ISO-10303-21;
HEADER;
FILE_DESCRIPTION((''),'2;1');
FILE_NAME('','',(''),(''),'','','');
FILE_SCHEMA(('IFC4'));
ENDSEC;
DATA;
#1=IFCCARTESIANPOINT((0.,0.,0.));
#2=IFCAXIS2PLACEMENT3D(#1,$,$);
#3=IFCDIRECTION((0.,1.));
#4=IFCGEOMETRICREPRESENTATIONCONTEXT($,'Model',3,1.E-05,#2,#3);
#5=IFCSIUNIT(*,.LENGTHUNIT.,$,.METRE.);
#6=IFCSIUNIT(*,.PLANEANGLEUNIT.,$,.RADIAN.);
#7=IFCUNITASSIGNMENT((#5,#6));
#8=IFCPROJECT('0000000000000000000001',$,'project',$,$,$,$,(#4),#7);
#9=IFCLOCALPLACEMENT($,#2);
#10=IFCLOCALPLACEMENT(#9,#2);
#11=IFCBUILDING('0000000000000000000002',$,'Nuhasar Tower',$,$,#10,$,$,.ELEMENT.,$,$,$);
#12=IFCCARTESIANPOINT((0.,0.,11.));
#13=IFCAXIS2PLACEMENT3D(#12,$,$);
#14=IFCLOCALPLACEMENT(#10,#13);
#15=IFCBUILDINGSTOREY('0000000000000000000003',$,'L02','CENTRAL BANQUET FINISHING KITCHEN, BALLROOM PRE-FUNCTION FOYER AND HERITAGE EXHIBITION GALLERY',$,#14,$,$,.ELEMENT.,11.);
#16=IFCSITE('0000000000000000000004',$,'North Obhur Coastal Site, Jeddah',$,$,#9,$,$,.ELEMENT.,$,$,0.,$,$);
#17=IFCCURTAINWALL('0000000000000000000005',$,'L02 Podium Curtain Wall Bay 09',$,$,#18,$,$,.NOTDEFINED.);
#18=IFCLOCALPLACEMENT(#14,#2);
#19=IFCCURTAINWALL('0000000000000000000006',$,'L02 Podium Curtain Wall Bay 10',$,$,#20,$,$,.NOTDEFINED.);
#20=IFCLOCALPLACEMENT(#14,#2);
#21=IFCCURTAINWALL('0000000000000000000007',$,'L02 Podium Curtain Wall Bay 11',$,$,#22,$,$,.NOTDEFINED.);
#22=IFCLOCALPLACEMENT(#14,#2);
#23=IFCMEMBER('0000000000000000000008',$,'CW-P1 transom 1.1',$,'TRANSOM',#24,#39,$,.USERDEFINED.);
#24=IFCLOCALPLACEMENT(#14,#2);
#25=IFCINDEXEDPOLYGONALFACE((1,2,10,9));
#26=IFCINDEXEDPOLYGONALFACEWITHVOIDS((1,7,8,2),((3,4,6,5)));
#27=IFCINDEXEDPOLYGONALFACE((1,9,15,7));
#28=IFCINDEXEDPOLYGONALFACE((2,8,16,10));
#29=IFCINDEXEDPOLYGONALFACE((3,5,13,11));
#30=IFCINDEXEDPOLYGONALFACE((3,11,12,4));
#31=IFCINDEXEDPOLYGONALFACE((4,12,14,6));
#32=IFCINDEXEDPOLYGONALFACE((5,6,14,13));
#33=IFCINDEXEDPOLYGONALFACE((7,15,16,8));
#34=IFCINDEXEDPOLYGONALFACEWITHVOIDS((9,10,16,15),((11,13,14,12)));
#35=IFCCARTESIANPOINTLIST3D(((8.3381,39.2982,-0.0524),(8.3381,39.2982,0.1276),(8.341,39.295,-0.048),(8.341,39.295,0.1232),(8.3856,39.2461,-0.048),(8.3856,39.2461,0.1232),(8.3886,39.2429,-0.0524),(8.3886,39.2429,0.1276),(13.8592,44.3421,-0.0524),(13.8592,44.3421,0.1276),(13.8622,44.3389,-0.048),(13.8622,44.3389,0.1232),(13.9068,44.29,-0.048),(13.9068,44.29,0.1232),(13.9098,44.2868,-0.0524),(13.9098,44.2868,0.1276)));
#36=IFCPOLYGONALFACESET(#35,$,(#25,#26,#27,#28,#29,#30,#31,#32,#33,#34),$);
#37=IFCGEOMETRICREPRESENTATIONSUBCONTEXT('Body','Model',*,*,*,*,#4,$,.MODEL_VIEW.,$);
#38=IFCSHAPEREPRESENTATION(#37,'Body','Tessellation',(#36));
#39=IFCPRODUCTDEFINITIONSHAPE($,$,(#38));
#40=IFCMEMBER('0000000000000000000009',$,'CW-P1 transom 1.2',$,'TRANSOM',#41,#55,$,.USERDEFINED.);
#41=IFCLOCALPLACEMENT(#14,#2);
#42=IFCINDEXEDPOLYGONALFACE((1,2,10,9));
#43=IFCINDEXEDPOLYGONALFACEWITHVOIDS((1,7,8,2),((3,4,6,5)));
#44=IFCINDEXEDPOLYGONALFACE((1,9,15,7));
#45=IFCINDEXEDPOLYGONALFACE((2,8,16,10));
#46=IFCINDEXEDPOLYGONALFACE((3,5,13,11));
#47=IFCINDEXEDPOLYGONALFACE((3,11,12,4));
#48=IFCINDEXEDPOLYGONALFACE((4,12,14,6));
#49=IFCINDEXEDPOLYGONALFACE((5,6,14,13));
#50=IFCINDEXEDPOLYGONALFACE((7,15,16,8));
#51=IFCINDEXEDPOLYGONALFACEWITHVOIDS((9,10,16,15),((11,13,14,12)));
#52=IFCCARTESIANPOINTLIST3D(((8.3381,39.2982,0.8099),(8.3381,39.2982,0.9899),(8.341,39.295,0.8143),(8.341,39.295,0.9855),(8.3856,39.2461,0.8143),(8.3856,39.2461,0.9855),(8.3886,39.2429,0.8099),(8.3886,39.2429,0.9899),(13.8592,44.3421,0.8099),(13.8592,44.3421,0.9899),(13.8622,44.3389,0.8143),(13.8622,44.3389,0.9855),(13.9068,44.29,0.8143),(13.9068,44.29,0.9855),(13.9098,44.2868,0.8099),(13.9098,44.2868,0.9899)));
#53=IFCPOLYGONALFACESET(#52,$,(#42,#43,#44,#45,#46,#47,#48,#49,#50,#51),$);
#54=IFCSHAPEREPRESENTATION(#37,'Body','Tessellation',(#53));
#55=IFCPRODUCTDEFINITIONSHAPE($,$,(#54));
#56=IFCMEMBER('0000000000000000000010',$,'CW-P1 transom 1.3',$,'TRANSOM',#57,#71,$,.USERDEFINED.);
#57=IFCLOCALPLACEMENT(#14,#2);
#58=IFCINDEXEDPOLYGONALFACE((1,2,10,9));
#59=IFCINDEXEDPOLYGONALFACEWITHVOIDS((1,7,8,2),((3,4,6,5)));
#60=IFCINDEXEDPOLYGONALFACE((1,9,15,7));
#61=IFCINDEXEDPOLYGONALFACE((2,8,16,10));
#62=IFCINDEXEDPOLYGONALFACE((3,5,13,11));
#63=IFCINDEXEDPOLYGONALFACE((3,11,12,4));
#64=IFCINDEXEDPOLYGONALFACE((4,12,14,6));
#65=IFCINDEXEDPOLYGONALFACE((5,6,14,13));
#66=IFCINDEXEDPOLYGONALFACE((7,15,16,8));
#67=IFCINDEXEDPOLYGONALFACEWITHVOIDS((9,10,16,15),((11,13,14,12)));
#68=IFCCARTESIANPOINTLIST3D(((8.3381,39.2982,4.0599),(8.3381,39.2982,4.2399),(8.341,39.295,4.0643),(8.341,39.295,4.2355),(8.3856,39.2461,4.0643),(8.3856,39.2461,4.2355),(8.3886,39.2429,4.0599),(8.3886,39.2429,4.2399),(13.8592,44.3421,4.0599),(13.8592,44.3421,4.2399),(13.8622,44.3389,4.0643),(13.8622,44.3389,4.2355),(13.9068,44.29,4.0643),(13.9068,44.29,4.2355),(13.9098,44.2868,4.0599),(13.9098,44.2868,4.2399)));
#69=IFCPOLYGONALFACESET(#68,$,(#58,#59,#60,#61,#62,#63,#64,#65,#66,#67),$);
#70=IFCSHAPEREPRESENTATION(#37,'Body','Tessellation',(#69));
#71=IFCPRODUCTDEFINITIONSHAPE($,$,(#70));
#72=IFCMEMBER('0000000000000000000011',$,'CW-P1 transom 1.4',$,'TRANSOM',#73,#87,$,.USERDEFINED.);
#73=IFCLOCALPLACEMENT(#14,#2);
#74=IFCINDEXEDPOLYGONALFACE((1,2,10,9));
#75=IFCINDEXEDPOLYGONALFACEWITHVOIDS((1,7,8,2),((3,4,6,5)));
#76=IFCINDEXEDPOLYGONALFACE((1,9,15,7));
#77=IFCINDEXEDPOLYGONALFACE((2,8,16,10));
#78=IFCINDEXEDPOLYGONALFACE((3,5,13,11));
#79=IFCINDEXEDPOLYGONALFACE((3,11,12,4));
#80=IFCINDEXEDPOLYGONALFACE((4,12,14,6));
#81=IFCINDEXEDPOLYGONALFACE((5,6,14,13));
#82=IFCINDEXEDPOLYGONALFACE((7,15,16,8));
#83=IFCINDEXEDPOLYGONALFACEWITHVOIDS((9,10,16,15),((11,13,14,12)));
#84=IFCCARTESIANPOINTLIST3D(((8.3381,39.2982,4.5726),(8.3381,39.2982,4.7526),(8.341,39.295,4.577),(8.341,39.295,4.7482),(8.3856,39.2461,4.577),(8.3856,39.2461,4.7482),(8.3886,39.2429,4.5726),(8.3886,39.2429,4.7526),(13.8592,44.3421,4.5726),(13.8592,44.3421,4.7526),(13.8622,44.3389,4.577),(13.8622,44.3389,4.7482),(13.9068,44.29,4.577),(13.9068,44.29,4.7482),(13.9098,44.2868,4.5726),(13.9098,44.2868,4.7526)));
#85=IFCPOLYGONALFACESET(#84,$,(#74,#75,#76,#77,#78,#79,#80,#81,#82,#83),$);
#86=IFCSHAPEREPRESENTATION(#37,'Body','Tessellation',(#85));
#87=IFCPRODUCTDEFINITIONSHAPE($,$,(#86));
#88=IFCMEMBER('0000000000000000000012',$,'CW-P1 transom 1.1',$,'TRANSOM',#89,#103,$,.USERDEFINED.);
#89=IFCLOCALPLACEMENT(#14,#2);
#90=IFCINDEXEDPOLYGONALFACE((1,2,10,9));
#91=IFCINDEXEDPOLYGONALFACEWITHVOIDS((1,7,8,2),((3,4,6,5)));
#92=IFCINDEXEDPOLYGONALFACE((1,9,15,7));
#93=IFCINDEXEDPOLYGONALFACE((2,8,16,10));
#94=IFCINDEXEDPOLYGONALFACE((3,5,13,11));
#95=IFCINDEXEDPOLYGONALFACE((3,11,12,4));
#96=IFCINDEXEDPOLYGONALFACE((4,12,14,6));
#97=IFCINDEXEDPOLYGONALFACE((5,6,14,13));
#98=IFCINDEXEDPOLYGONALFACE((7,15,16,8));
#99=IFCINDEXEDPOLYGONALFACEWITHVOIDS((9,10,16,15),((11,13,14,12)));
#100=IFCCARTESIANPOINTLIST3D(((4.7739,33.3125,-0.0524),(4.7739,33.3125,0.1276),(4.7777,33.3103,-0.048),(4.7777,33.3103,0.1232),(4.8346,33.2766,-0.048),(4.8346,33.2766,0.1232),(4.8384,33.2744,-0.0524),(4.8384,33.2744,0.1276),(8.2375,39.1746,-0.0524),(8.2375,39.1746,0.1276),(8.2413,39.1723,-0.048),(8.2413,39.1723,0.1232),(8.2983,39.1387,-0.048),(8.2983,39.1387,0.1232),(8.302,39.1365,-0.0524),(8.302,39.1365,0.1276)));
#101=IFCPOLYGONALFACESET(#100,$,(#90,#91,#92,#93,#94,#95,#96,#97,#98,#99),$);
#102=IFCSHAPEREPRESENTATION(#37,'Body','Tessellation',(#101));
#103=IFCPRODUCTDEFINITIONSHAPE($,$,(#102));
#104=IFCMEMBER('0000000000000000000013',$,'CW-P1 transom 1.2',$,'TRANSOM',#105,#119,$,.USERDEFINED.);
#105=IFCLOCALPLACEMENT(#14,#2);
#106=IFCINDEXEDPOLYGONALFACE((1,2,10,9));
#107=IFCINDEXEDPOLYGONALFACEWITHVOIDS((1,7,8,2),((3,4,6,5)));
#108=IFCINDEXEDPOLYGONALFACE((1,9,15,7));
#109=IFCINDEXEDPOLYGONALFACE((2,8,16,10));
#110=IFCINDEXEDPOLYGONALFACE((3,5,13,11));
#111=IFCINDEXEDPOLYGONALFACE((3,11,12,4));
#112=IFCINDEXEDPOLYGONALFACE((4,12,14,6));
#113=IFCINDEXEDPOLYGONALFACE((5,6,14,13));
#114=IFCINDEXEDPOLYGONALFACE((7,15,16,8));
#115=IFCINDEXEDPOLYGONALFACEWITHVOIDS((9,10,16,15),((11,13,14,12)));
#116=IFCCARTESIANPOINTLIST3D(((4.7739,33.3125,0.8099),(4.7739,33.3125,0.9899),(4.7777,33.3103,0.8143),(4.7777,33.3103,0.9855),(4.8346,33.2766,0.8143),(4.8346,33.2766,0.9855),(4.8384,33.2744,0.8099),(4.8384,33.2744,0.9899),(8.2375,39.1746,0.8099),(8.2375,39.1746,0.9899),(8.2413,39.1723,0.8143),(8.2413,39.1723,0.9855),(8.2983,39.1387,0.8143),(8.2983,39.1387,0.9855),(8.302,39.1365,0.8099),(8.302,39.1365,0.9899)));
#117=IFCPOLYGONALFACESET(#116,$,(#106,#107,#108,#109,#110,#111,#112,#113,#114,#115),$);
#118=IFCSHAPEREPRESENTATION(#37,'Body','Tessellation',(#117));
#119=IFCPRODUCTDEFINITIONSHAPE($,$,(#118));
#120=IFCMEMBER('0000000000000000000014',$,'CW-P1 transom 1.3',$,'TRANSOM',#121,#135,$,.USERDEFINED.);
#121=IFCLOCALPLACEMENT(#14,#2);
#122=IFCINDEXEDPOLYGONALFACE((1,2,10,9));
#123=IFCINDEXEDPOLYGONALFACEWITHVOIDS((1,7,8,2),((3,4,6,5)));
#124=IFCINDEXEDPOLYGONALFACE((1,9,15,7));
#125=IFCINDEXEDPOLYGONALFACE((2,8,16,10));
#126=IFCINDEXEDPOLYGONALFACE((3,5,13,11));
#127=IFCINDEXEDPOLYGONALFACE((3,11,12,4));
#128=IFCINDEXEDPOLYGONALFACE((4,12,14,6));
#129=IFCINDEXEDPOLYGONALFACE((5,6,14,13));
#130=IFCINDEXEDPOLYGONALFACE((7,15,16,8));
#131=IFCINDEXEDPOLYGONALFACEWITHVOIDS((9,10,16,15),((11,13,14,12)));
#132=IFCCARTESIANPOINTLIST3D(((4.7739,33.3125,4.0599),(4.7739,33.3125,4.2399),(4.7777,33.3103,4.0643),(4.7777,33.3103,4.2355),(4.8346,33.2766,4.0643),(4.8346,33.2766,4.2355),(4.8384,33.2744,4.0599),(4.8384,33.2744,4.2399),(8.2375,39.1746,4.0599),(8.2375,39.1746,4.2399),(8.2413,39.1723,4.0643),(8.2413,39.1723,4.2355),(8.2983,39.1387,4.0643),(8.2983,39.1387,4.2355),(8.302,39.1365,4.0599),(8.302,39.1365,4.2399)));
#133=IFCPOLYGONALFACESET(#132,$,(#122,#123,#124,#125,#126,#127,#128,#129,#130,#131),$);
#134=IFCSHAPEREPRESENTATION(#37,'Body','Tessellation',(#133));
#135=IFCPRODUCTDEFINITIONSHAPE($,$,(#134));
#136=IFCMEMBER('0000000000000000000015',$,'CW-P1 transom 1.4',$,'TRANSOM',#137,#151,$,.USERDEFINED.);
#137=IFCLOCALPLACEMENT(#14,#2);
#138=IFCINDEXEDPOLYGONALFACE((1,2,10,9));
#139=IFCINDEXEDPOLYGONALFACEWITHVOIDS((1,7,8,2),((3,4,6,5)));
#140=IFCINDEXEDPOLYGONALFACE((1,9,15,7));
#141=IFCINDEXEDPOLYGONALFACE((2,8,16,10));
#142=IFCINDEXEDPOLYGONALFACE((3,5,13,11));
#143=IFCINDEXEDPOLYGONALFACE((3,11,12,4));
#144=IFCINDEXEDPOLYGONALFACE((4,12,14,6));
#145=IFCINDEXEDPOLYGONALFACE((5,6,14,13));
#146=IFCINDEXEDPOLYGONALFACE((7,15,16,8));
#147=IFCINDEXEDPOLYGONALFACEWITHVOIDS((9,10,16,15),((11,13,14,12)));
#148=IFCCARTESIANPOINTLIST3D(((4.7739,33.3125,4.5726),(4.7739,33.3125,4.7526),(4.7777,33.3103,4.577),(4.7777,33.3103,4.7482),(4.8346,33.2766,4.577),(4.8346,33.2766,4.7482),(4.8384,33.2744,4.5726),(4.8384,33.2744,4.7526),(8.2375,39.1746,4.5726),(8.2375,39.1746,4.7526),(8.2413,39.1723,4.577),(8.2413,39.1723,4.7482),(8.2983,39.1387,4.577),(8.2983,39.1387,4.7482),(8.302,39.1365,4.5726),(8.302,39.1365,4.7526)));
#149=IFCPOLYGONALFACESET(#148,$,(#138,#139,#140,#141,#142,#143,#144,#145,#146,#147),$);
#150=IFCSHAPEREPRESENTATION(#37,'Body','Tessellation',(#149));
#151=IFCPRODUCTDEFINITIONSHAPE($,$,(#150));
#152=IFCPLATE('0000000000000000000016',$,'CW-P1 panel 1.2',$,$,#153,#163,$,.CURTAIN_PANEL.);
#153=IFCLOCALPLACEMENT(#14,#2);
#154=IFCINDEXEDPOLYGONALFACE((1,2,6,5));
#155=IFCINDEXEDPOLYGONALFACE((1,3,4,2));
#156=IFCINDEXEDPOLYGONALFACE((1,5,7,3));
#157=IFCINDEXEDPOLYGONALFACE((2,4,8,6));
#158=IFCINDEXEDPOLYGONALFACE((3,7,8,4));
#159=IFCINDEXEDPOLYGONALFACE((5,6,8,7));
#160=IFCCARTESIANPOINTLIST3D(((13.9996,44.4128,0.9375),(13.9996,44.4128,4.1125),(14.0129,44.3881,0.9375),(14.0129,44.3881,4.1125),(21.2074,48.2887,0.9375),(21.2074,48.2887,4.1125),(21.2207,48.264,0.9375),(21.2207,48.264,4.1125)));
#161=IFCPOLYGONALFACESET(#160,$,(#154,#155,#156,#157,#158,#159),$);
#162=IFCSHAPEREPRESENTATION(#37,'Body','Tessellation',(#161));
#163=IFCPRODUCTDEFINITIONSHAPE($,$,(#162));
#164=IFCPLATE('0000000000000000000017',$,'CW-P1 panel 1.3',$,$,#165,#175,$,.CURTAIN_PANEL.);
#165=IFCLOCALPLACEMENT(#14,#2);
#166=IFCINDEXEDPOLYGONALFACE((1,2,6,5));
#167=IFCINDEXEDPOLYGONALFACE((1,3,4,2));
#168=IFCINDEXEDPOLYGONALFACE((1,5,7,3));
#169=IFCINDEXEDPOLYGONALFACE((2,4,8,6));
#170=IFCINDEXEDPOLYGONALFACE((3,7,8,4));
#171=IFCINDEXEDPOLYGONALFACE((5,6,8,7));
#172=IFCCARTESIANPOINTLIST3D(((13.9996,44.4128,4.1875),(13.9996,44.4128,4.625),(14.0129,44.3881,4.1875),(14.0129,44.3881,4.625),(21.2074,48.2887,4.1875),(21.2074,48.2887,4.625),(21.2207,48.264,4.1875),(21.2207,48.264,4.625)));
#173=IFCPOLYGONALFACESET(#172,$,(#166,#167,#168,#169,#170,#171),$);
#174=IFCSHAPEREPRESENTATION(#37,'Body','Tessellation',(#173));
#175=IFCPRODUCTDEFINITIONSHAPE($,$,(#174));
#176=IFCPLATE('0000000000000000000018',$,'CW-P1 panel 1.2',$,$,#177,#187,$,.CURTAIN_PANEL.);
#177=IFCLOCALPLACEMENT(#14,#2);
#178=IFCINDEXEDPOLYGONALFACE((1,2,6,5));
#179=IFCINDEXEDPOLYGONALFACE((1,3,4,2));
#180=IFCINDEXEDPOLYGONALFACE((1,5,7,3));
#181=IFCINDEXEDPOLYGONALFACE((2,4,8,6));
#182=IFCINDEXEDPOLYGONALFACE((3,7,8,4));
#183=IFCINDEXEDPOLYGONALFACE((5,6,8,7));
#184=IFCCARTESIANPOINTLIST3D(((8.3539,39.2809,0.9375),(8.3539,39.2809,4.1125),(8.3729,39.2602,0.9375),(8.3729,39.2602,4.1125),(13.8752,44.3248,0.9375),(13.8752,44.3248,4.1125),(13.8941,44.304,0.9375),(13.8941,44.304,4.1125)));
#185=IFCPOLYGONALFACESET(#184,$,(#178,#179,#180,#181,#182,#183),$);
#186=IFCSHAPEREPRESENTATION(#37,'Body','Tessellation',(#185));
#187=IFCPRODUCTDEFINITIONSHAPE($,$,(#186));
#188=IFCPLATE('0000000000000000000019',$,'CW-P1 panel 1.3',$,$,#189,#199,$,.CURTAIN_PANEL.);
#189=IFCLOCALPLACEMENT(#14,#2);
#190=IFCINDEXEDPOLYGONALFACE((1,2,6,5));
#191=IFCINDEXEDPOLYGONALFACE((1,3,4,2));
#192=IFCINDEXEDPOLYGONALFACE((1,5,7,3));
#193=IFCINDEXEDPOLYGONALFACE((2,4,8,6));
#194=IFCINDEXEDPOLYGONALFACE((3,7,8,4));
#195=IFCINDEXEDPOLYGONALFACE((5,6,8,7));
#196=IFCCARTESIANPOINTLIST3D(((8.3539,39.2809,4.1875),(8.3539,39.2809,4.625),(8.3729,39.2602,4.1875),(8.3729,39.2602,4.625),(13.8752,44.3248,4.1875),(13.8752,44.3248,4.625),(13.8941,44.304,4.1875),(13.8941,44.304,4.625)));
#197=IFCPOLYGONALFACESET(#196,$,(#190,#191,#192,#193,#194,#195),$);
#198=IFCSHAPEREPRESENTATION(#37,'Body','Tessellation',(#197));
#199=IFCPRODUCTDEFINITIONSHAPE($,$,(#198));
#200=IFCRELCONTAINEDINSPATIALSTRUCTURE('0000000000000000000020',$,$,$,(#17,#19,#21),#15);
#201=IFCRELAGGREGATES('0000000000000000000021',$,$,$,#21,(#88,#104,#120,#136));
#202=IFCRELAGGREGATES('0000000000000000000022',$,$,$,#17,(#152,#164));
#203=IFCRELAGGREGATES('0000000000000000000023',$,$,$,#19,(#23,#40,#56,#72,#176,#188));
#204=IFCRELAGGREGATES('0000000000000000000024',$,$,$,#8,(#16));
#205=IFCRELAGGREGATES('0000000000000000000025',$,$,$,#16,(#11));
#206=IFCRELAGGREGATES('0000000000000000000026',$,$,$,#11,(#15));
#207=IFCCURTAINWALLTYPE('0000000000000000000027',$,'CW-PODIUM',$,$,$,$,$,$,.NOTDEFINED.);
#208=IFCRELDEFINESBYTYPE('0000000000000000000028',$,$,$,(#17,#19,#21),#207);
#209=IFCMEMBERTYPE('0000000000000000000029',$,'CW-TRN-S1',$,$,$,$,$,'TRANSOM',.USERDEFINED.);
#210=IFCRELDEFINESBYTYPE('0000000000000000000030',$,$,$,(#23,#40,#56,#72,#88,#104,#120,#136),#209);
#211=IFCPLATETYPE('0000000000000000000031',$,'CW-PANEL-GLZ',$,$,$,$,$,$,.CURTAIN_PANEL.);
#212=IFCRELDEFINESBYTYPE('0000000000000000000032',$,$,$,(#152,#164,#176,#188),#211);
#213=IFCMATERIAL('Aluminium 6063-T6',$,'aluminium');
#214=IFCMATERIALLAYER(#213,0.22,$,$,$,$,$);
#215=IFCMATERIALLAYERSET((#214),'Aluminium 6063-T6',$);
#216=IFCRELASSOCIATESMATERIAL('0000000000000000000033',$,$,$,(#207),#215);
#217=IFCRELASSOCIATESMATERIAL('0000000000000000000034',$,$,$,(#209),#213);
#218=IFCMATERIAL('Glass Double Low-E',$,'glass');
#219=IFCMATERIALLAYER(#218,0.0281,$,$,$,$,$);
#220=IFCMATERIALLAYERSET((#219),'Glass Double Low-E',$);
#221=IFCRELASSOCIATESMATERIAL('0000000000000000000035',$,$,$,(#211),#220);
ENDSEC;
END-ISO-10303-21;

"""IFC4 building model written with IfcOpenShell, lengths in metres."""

from ifc_helpers import new_model, si_unit, direction, frame, origin, origin_2d, place, context, subcontext, project, spatial, rectangle, hollow_rectangle, extrude, material, layer, layer_set, material_profile, profile_set, type_object, element, aggregate, save


model = new_model("IFC4")

# Units and contexts
model_context = context("Model", 3, precision=1e-05, world=origin(), true_north=direction((0.0, 1.0)))
body_context = subcontext(model_context, "Body", "Model", "MODEL_VIEW")
ifc_project = project(units=[si_unit("LENGTHUNIT", "METRE"), si_unit("PLANEANGLEUNIT", "RADIAN")], contexts=[model_context])

# Site, building, storey
site_placement = place(None, origin())
site = spatial("IfcSite", under=ifc_project, at=site_placement, Name="North Obhur Coastal Site, Jeddah", CompositionType="ELEMENT", RefElevation=0.0)
building_placement = place(site_placement, origin())
building = spatial("IfcBuilding", under=site, at=building_placement, Name="Nuhasar Tower", CompositionType="ELEMENT")
storey_placement = place(building_placement, frame((0.0, 0.0, 11.0)))
storey = spatial("IfcBuildingStorey", under=building, at=storey_placement, Name="L02", Description="CENTRAL BANQUET FINISHING KITCHEN, BALLROOM PRE-FUNCTION FOYER AND HERITAGE EXHIBITION GALLERY", CompositionType="ELEMENT", Elevation=11.0)

# Curtain wall
ifc_material_1 = material(Name="Aluminium 6063-T6", Category="aluminium")
ifc_layer_1 = layer(ifc_material_1, 0.22)
ifc_layer_set_1 = layer_set([ifc_layer_1], Name="Aluminium 6063-T6")
curtain_wall_type = type_object("IfcCurtainWallType", Name="CW-PODIUM", PredefinedType="NOTDEFINED", material=ifc_layer_set_1)
curtain_wall_1_placement = place(storey_placement, origin())
curtain_wall_1 = element("IfcCurtainWall", 1, at=curtain_wall_1_placement, inside=storey, type_object=curtain_wall_type, Name="L02 Podium Curtain Wall Bay 09", PredefinedType="NOTDEFINED")

# Curtain wall
curtain_wall_2_placement = place(storey_placement, origin())
curtain_wall_2 = element("IfcCurtainWall", 2, at=curtain_wall_2_placement, inside=storey, type_object=curtain_wall_type, Name="L02 Podium Curtain Wall Bay 10", PredefinedType="NOTDEFINED")

# Curtain wall
curtain_wall_3_placement = place(storey_placement, origin())
curtain_wall_3 = element("IfcCurtainWall", 3, at=curtain_wall_3_placement, inside=storey, type_object=curtain_wall_type, Name="L02 Podium Curtain Wall Bay 11", PredefinedType="NOTDEFINED")

# Members
ifc_material_profile_1 = material_profile(ifc_material_1, hollow_rectangle(XDim=0.075, YDim=0.1799, WallThickness=0.0044, at=origin_2d()), Name="CWT-1")
ifc_profile_set_1 = profile_set([ifc_material_profile_1], Name="Aluminium 6063-T6")
member_type_1 = type_object("IfcMemberType", Name="CW-TRN-S1", ElementType="TRANSOM", PredefinedType="USERDEFINED", material=ifc_profile_set_1)
member_1_placement = place(storey_placement, frame((13.8845, 44.3145, 0.0376), z_axis=(-0.738298, -0.674474, 0.0), x_axis=(0.674474, -0.738298, 0.0)))
member_1 = element("IfcMember", 4, at=member_1_placement, type_object=member_type_1, Name="CW-P1 transom 1.1", ObjectType="TRANSOM", PredefinedType="USERDEFINED", context=body_context, shape_type="SweptSolid", body=[
    extrude(hollow_rectangle(XDim=0.075, YDim=0.1799, WallThickness=0.0044, at=origin_2d()), origin(), (0.0, 0.0, 1.0), 7.4783),
])
member_2_placement = place(storey_placement, frame((13.8845, 44.3145, 0.8999), z_axis=(-0.738298, -0.674474, 0.0), x_axis=(0.674474, -0.738298, 0.0)))
member_2 = element("IfcMember", 5, at=member_2_placement, type_object=member_type_1, Name="CW-P1 transom 1.2", ObjectType="TRANSOM", PredefinedType="USERDEFINED", context=body_context, shape_type="SweptSolid", body=[
    extrude(hollow_rectangle(XDim=0.075, YDim=0.1799, WallThickness=0.0044, at=origin_2d()), origin(), (0.0, 0.0, 1.0), 7.4783),
])
member_3_placement = place(storey_placement, frame((13.8845, 44.3145, 4.1499), z_axis=(-0.738298, -0.674474, 0.0), x_axis=(0.674474, -0.738298, 0.0)))
member_3 = element("IfcMember", 6, at=member_3_placement, type_object=member_type_1, Name="CW-P1 transom 1.3", ObjectType="TRANSOM", PredefinedType="USERDEFINED", context=body_context, shape_type="SweptSolid", body=[
    extrude(hollow_rectangle(XDim=0.075, YDim=0.1799, WallThickness=0.0044, at=origin_2d()), origin(), (0.0, 0.0, 1.0), 7.4783),
])
member_4_placement = place(storey_placement, frame((13.8845, 44.3145, 4.6626), z_axis=(-0.738298, -0.674474, 0.0), x_axis=(0.674474, -0.738298, 0.0)))
member_4 = element("IfcMember", 7, at=member_4_placement, type_object=member_type_1, Name="CW-P1 transom 1.4", ObjectType="TRANSOM", PredefinedType="USERDEFINED", context=body_context, shape_type="SweptSolid", body=[
    extrude(hollow_rectangle(XDim=0.075, YDim=0.1799, WallThickness=0.0044, at=origin_2d()), origin(), (0.0, 0.0, 1.0), 7.4783),
])
member_5_placement = place(storey_placement, frame((8.2698, 39.1555, 0.0376), z_axis=(-0.508694, -0.860947, 0.0), x_axis=(0.860947, -0.508694, 0.0)))
member_5 = element("IfcMember", 8, at=member_5_placement, type_object=member_type_1, Name="CW-P1 transom 1.1", ObjectType="TRANSOM", PredefinedType="USERDEFINED", context=body_context, shape_type="SweptSolid", body=[
    extrude(hollow_rectangle(XDim=0.075, YDim=0.1799, WallThickness=0.0044, at=origin_2d()), origin(), (0.0, 0.0, 1.0), 6.8088),
])
member_6_placement = place(storey_placement, frame((8.2698, 39.1555, 0.8999), z_axis=(-0.508694, -0.860947, 0.0), x_axis=(0.860947, -0.508694, 0.0)))
member_6 = element("IfcMember", 9, at=member_6_placement, type_object=member_type_1, Name="CW-P1 transom 1.2", ObjectType="TRANSOM", PredefinedType="USERDEFINED", context=body_context, shape_type="SweptSolid", body=[
    extrude(hollow_rectangle(XDim=0.075, YDim=0.1799, WallThickness=0.0044, at=origin_2d()), origin(), (0.0, 0.0, 1.0), 6.8088),
])
member_7_placement = place(storey_placement, frame((8.2698, 39.1555, 4.1499), z_axis=(-0.508694, -0.860947, 0.0), x_axis=(0.860947, -0.508694, 0.0)))
member_7 = element("IfcMember", 10, at=member_7_placement, type_object=member_type_1, Name="CW-P1 transom 1.3", ObjectType="TRANSOM", PredefinedType="USERDEFINED", context=body_context, shape_type="SweptSolid", body=[
    extrude(hollow_rectangle(XDim=0.075, YDim=0.1799, WallThickness=0.0044, at=origin_2d()), origin(), (0.0, 0.0, 1.0), 6.8088),
])
member_8_placement = place(storey_placement, frame((8.2698, 39.1555, 4.6626), z_axis=(-0.508694, -0.860947, 0.0), x_axis=(0.860947, -0.508694, 0.0)))
member_8 = element("IfcMember", 11, at=member_8_placement, type_object=member_type_1, Name="CW-P1 transom 1.4", ObjectType="TRANSOM", PredefinedType="USERDEFINED", context=body_context, shape_type="SweptSolid", body=[
    extrude(hollow_rectangle(XDim=0.075, YDim=0.1799, WallThickness=0.0044, at=origin_2d()), origin(), (0.0, 0.0, 1.0), 6.8088),
])
aggregate(curtain_wall_3, [member_5, member_6, member_7, member_8])

# Plates
ifc_material_2 = material(Name="Glass Double Low-E", Category="glass")
ifc_layer_2 = layer(ifc_material_2, 0.0281)
ifc_layer_set_2 = layer_set([ifc_layer_2], Name="Glass Double Low-E")
plate_type_1 = type_object("IfcPlateType", Name="CW-PANEL-GLZ", PredefinedType="CURTAIN_PANEL", material=ifc_layer_set_2)
plate_1_placement = place(storey_placement, frame((17.6101, 46.3384, 0.9375), z_axis=(0.0, 0.0, 1.0), x_axis=(-0.880737, -0.473606, 0.0)))
plate_1 = element("IfcPlate", 12, at=plate_1_placement, type_object=plate_type_1, Name="CW-P1 panel 1.2", PredefinedType="CURTAIN_PANEL", context=body_context, shape_type="SweptSolid", body=[
    extrude(rectangle(XDim=8.1838, YDim=0.0281, at=origin_2d()), origin(), (0.0, 0.0, 1.0), 3.175),
])
plate_2_placement = place(storey_placement, frame((17.6101, 46.3384, 4.1875), z_axis=(0.0, 0.0, 1.0), x_axis=(-0.880737, -0.473606, 0.0)))
plate_2 = element("IfcPlate", 13, at=plate_2_placement, type_object=plate_type_1, Name="CW-P1 panel 1.3", PredefinedType="CURTAIN_PANEL", context=body_context, shape_type="SweptSolid", body=[
    extrude(rectangle(XDim=8.1838, YDim=0.0281, at=origin_2d()), origin(), (0.0, 0.0, 1.0), 0.4375),
])
plate_3_placement = place(storey_placement, frame((11.124, 41.7925, 0.9375), z_axis=(0.0, 0.0, 1.0), x_axis=(-0.738307, -0.674465, 0.0)))
plate_3 = element("IfcPlate", 14, at=plate_3_placement, type_object=plate_type_1, Name="CW-P1 panel 1.2", PredefinedType="CURTAIN_PANEL", context=body_context, shape_type="SweptSolid", body=[
    extrude(rectangle(XDim=7.4783, YDim=0.0281, at=origin_2d()), origin(), (0.0, 0.0, 1.0), 3.175),
])
plate_4_placement = place(storey_placement, frame((11.124, 41.7925, 4.1875), z_axis=(0.0, 0.0, 1.0), x_axis=(-0.738307, -0.674465, 0.0)))
plate_4 = element("IfcPlate", 15, at=plate_4_placement, type_object=plate_type_1, Name="CW-P1 panel 1.3", PredefinedType="CURTAIN_PANEL", context=body_context, shape_type="SweptSolid", body=[
    extrude(rectangle(XDim=7.4783, YDim=0.0281, at=origin_2d()), origin(), (0.0, 0.0, 1.0), 0.4375),
])
aggregate(curtain_wall_1, [plate_1, plate_2])
aggregate(curtain_wall_2, [member_1, member_2, member_3, member_4, plate_3, plate_4])

save(model, "model.ifc")
